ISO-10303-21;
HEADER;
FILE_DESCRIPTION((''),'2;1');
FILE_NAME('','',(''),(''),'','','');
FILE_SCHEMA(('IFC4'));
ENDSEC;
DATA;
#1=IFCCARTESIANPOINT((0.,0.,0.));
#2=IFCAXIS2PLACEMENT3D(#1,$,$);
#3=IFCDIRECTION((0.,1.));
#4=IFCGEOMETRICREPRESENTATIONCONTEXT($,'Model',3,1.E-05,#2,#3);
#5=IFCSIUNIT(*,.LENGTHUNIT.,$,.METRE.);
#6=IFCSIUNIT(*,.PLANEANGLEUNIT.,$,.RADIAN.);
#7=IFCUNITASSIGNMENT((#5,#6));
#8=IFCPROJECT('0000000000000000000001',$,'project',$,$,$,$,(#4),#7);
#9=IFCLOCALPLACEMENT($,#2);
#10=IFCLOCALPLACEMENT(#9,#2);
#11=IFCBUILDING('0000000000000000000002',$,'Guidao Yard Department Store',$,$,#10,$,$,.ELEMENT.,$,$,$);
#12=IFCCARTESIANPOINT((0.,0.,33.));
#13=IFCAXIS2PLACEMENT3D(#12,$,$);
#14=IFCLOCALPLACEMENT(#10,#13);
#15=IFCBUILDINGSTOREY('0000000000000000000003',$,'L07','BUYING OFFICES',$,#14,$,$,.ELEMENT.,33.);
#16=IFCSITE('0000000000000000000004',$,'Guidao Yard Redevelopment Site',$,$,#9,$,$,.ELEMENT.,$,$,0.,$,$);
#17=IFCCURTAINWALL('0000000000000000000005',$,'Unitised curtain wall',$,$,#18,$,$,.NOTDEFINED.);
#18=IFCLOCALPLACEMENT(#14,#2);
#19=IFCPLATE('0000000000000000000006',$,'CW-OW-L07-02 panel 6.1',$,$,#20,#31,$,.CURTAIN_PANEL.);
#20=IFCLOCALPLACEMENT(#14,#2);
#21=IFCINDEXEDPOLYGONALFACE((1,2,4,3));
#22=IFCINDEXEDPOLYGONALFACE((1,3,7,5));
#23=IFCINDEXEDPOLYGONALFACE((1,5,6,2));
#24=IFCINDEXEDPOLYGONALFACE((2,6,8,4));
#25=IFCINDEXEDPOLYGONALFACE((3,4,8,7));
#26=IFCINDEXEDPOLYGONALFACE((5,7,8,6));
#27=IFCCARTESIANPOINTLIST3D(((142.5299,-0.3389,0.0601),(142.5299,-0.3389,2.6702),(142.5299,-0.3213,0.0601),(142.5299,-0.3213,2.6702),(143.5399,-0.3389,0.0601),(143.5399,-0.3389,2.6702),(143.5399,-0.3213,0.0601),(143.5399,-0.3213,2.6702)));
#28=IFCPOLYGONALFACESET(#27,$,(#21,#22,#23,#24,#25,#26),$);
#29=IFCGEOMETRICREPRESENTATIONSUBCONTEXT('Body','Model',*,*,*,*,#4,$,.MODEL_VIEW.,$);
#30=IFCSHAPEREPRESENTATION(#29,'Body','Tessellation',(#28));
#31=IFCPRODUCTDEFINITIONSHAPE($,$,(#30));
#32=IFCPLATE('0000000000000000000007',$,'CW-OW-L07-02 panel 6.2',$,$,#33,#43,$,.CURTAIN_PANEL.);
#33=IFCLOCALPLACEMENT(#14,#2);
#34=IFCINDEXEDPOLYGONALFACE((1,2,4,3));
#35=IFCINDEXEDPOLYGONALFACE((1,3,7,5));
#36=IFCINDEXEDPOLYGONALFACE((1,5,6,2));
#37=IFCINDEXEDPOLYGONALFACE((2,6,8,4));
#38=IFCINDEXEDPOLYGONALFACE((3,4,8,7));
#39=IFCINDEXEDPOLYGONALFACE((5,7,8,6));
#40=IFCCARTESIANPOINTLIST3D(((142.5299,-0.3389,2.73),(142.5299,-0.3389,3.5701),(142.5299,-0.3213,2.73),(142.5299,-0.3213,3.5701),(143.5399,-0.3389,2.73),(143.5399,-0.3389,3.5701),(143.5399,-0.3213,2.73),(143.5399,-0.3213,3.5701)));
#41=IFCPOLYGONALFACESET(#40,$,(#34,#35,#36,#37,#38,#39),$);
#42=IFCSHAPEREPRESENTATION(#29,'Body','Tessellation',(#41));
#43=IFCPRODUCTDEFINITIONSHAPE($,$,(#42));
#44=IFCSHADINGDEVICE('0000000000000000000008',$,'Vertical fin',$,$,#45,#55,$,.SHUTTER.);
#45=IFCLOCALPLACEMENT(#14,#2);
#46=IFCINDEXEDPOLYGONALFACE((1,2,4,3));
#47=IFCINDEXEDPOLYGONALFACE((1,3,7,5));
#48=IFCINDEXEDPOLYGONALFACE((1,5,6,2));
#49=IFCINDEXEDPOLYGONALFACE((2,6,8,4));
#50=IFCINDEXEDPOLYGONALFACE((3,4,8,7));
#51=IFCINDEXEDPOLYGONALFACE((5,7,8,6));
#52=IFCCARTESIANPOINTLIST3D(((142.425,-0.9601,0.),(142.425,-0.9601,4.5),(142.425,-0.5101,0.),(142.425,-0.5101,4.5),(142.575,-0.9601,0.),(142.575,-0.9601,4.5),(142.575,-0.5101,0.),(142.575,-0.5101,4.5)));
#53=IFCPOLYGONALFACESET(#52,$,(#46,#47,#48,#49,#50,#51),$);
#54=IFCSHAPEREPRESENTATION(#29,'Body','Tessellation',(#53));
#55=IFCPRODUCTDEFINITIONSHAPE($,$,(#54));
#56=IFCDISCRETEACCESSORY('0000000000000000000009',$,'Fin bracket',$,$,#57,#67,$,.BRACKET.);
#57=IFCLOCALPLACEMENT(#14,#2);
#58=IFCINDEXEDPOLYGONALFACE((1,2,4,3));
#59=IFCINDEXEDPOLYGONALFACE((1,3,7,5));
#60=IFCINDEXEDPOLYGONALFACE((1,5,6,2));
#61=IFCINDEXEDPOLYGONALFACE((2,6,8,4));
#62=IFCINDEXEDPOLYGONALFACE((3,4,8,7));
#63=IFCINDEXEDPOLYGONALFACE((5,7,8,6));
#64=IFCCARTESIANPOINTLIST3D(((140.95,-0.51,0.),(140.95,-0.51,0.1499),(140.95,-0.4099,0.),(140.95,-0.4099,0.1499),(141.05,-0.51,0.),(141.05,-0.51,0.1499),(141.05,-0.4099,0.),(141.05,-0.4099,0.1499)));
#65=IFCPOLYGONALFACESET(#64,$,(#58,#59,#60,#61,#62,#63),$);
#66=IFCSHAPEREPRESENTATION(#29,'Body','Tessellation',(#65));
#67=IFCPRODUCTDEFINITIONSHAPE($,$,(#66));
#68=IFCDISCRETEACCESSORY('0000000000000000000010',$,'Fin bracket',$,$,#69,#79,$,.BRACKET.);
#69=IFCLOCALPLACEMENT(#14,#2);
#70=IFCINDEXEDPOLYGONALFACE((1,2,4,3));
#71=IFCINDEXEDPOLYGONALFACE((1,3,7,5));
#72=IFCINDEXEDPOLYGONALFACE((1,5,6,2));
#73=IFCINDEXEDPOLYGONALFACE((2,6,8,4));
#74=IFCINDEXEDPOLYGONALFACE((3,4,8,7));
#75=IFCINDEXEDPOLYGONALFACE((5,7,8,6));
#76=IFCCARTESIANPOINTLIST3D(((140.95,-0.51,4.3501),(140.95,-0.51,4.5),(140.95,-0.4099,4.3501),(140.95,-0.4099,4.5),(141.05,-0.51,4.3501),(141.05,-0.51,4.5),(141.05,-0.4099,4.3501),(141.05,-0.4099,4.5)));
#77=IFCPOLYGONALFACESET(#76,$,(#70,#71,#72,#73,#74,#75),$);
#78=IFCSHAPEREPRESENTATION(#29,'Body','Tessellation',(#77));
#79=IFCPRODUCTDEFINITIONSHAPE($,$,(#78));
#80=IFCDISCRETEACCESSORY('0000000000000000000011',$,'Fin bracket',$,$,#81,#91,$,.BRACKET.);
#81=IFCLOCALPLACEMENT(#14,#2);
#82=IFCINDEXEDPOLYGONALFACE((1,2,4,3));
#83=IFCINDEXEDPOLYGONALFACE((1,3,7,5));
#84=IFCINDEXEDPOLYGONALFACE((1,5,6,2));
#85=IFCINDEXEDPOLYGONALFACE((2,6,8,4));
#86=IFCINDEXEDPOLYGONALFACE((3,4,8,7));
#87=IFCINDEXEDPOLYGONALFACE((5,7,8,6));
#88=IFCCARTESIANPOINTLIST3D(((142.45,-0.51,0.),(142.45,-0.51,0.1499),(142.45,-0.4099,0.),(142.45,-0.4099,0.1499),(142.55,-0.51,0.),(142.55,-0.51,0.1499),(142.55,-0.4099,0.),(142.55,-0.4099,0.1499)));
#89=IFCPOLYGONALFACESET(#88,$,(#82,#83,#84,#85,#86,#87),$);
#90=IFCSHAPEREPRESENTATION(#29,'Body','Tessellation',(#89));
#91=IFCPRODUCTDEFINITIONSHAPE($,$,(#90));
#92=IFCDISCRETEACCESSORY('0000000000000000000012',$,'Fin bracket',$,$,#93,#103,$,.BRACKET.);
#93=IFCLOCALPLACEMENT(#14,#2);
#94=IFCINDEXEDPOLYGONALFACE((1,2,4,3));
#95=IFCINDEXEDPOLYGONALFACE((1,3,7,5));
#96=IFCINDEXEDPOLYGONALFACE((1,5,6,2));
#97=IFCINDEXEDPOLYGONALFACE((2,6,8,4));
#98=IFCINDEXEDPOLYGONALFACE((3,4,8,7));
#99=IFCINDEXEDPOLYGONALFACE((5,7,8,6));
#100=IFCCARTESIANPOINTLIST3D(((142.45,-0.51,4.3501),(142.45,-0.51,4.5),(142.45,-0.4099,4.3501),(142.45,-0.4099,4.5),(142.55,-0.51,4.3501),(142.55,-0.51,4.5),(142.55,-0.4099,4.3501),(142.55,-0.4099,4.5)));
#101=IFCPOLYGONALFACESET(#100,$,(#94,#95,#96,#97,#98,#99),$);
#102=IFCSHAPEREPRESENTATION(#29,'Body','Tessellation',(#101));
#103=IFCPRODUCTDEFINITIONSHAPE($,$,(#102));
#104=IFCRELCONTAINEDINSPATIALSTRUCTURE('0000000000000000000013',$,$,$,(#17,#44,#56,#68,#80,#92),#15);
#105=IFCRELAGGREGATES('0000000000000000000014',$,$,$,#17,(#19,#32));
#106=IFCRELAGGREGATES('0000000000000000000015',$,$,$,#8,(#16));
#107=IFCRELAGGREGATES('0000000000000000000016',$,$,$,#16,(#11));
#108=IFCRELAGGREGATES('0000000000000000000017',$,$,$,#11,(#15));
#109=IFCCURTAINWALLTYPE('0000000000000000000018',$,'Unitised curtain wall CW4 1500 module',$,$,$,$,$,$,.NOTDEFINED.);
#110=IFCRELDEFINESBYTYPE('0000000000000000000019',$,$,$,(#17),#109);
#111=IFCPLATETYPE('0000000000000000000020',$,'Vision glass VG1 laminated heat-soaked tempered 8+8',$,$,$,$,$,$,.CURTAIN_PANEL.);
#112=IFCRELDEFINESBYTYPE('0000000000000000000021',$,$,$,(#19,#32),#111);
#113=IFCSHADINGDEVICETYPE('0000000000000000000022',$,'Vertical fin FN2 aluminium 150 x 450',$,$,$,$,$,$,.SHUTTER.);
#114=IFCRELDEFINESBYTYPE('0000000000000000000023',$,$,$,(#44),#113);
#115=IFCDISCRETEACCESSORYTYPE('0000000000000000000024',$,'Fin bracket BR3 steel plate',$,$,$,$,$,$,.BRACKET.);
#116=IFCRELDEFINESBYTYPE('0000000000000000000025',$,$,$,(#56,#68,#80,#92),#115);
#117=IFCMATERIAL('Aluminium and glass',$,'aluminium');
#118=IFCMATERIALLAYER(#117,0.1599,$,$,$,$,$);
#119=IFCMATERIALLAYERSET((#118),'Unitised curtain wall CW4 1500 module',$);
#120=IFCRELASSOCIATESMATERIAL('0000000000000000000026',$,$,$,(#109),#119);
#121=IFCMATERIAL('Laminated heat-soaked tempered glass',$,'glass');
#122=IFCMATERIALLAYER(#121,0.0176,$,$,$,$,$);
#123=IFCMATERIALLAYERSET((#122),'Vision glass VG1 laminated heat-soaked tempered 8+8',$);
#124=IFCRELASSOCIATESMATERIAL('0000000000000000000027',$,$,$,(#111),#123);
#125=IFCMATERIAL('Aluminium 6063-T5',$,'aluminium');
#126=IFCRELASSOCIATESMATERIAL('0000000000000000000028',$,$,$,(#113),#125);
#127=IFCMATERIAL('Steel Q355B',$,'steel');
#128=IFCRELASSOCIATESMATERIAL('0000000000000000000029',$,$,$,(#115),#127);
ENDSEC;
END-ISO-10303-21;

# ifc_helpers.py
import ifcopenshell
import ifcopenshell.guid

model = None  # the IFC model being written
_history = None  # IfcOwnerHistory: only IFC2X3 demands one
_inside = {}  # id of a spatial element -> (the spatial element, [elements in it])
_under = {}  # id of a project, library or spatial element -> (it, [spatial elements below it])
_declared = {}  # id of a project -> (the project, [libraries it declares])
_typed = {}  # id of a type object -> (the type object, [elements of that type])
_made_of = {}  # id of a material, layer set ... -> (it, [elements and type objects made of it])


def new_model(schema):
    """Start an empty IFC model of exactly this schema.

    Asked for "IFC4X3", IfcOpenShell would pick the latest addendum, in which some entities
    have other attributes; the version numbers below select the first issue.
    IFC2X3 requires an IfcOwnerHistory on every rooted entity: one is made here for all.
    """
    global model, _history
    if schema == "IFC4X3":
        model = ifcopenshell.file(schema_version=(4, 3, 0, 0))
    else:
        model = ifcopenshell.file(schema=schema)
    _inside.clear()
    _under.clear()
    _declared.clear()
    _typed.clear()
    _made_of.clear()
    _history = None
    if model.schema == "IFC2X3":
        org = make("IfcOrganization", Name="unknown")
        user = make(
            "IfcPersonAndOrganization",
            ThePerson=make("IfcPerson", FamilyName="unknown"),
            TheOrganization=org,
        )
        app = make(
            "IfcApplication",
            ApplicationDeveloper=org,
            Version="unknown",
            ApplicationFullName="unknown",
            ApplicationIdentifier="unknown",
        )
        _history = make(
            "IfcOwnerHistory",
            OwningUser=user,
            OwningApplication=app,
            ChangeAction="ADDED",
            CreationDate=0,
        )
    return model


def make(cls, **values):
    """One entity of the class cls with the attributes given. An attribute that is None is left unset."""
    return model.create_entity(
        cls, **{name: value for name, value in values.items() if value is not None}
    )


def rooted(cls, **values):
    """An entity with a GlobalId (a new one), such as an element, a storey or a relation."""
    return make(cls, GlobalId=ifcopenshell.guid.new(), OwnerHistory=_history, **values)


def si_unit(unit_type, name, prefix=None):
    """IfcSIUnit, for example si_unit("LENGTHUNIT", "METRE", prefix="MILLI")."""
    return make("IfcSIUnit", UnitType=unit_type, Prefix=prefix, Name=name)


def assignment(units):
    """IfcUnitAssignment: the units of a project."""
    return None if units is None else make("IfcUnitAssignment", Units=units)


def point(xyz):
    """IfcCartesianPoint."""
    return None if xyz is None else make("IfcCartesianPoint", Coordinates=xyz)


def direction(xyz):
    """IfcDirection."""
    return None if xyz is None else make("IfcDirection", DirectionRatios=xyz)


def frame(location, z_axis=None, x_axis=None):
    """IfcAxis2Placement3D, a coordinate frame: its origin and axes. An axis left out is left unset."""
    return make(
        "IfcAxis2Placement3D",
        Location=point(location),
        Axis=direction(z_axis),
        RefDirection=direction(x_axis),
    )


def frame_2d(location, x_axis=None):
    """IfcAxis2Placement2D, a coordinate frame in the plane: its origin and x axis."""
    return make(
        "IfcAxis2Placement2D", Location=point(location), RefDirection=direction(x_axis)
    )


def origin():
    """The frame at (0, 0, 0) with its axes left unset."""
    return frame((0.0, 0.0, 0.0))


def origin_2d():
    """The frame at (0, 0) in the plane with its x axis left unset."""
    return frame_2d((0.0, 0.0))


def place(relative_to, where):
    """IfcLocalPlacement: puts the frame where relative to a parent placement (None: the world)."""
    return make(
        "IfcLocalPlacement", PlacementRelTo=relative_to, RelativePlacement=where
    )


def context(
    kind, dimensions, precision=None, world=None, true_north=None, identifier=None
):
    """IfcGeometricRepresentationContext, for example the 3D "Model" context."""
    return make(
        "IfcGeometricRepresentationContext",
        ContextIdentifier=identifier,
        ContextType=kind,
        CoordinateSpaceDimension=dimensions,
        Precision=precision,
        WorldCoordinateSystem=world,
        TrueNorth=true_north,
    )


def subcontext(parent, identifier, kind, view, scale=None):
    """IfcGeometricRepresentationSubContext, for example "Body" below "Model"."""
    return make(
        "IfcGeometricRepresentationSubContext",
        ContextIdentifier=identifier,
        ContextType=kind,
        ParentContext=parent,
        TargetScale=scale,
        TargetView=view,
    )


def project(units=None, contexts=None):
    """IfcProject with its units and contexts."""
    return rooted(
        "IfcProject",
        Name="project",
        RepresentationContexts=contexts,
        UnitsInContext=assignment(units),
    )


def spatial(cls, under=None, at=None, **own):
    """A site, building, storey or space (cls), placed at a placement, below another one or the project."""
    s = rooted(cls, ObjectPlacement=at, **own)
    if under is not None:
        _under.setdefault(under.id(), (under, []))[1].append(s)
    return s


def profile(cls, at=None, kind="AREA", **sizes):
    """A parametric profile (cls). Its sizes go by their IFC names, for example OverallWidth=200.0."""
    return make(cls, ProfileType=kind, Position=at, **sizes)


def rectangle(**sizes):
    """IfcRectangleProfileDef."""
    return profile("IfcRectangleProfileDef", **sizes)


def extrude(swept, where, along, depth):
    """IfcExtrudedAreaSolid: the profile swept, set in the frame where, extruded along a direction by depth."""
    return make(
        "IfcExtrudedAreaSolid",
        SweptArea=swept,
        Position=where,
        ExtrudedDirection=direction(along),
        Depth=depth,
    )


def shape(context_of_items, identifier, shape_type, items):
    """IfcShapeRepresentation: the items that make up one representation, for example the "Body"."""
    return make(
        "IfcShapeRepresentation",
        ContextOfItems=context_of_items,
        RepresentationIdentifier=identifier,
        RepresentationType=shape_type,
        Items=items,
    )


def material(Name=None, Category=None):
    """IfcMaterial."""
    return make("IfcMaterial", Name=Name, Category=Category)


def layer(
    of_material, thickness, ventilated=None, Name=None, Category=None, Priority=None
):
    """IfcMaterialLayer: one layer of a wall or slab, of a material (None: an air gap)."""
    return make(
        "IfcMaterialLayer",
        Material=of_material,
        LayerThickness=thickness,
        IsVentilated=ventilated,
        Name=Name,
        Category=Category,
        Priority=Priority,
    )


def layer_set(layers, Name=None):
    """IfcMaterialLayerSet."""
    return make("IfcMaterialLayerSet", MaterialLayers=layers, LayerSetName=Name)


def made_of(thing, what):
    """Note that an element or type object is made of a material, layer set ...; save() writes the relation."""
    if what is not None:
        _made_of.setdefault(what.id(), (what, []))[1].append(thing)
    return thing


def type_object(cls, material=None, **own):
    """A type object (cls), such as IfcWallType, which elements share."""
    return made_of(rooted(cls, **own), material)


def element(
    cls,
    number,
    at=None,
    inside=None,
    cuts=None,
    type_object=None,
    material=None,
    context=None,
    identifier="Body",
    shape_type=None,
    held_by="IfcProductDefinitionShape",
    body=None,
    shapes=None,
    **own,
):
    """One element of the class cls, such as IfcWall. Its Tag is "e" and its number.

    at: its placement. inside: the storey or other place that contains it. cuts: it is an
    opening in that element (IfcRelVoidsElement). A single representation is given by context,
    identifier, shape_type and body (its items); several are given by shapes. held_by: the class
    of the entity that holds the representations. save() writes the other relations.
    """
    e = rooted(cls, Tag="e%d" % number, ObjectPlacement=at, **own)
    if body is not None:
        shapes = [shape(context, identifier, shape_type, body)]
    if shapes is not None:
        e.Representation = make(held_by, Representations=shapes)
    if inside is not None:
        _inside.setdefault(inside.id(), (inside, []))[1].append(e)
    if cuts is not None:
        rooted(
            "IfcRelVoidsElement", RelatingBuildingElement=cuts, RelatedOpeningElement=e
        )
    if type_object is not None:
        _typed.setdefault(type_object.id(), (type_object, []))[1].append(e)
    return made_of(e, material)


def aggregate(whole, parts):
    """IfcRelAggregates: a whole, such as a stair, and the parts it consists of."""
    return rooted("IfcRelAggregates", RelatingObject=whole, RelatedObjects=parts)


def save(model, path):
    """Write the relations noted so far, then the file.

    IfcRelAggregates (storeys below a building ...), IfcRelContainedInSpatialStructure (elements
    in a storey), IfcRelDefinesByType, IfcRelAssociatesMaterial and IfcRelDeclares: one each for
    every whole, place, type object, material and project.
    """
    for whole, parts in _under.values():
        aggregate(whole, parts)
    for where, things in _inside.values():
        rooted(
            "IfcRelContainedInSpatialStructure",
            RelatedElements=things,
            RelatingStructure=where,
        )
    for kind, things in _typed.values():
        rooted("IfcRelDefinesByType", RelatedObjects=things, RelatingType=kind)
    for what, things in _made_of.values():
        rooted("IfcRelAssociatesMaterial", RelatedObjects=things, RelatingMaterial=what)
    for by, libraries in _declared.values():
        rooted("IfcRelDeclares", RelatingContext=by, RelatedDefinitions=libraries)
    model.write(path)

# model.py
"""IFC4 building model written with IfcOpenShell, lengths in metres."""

from ifc_helpers import new_model, si_unit, direction, frame, origin, origin_2d, place, context, subcontext, project, spatial, rectangle, extrude, material, layer, layer_set, type_object, element, aggregate, save


model = new_model("IFC4")

# Units and contexts
model_context = context("Model", 3, precision=1e-05, world=origin(), true_north=direction((0.0, 1.0)))
body_context = subcontext(model_context, "Body", "Model", "MODEL_VIEW")
ifc_project = project(units=[si_unit("LENGTHUNIT", "METRE"), si_unit("PLANEANGLEUNIT", "RADIAN")], contexts=[model_context])

# Site, building, storey
site_placement = place(None, origin())
site = spatial("IfcSite", under=ifc_project, at=site_placement, Name="Guidao Yard Redevelopment Site", CompositionType="ELEMENT", RefElevation=0.0)
building_placement = place(site_placement, origin())
building = spatial("IfcBuilding", under=site, at=building_placement, Name="Guidao Yard Department Store", CompositionType="ELEMENT")
storey_placement = place(building_placement, frame((0.0, 0.0, 33.0)))
storey = spatial("IfcBuildingStorey", under=building, at=storey_placement, Name="L07", Description="BUYING OFFICES", CompositionType="ELEMENT", Elevation=33.0)

# Curtain wall, plates
ifc_material_1 = material(Name="Aluminium and glass", Category="aluminium")
ifc_layer_1 = layer(ifc_material_1, 0.1599)
ifc_layer_set_1 = layer_set([ifc_layer_1], Name="Unitised curtain wall CW4 1500 module")
curtain_wall_type = type_object("IfcCurtainWallType", Name="Unitised curtain wall CW4 1500 module", PredefinedType="NOTDEFINED", material=ifc_layer_set_1)
curtain_wall_placement = place(storey_placement, origin())
curtain_wall = element("IfcCurtainWall", 1, at=curtain_wall_placement, inside=storey, type_object=curtain_wall_type, Name="Unitised curtain wall", PredefinedType="NOTDEFINED")
ifc_material_2 = material(Name="Laminated heat-soaked tempered glass", Category="glass")
ifc_layer_2 = layer(ifc_material_2, 0.0176)
ifc_layer_set_2 = layer_set([ifc_layer_2], Name="Vision glass VG1 laminated heat-soaked tempered 8+8")
plate_type_1 = type_object("IfcPlateType", Name="Vision glass VG1 laminated heat-soaked tempered 8+8", PredefinedType="CURTAIN_PANEL", material=ifc_layer_set_2)
plate_1_placement = place(storey_placement, frame((143.0349, -0.3301, 0.0601), z_axis=(0.0, 0.0, 1.0), x_axis=(-1.0, 0.0, 0.0)))
plate_1 = element("IfcPlate", 2, at=plate_1_placement, type_object=plate_type_1, Name="CW-OW-L07-02 panel 6.1", PredefinedType="CURTAIN_PANEL", context=body_context, shape_type="SweptSolid", body=[
    extrude(rectangle(XDim=1.01, YDim=0.0176, at=origin_2d()), origin(), (0.0, 0.0, 1.0), 2.6101),
])
plate_2_placement = place(storey_placement, frame((143.0349, -0.3301, 2.73), z_axis=(0.0, 0.0, 1.0), x_axis=(-1.0, 0.0, 0.0)))
plate_2 = element("IfcPlate", 3, at=plate_2_placement, type_object=plate_type_1, Name="CW-OW-L07-02 panel 6.2", PredefinedType="CURTAIN_PANEL", context=body_context, shape_type="SweptSolid", body=[
    extrude(rectangle(XDim=1.01, YDim=0.0176, at=origin_2d()), origin(), (0.0, 0.0, 1.0), 0.8401),
])
aggregate(curtain_wall, [plate_1, plate_2])

# Shading device
ifc_material_3 = material(Name="Aluminium 6063-T5", Category="aluminium")
shading_device_type = type_object("IfcShadingDeviceType", Name="Vertical fin FN2 aluminium 150 x 450", PredefinedType="SHUTTER", material=ifc_material_3)
shading_device_placement = place(storey_placement, frame((142.5, -0.7351, 0.0), z_axis=(0.0, 0.0, 1.0), x_axis=(-1.0, 0.0, 0.0)))
element("IfcShadingDevice", 4, at=shading_device_placement, inside=storey, type_object=shading_device_type, Name="Vertical fin", PredefinedType="SHUTTER", context=body_context, shape_type="SweptSolid", body=[
    extrude(rectangle(XDim=0.1499, YDim=0.45, at=origin_2d()), origin(), (0.0, 0.0, 1.0), 4.5),
])

# Discrete accessories
ifc_material_4 = material(Name="Steel Q355B", Category="steel")
discrete_accessory_type = type_object("IfcDiscreteAccessoryType", Name="Fin bracket BR3 steel plate", PredefinedType="BRACKET", material=ifc_material_4)
for number, where, z_axis, x_axis, name in (
    (5, (141.0, -0.46, 0.0), (0.0, 0.0, 1.0), (-1.0, 0.0, 0.0), "Fin bracket"),
    (6, (141.0, -0.46, 4.3501), (0.0, 0.0, 1.0), (-1.0, 0.0, 0.0), "Fin bracket"),
    (7, (142.5, -0.46, 0.0), (0.0, 0.0, 1.0), (-1.0, 0.0, 0.0), "Fin bracket"),
    (8, (142.5, -0.46, 4.3501), (0.0, 0.0, 1.0), (-1.0, 0.0, 0.0), "Fin bracket"),
):
    element("IfcDiscreteAccessory", number, at=place(storey_placement, frame(where, z_axis=z_axis, x_axis=x_axis)), inside=storey, type_object=discrete_accessory_type, Name=name, PredefinedType="BRACKET", context=body_context, shape_type="SweptSolid", body=[
        extrude(rectangle(XDim=0.1001, YDim=0.1001, at=origin_2d()), origin(), (0.0, 0.0, 1.0), 0.1499),
    ])

save(model, "model.ifc")
